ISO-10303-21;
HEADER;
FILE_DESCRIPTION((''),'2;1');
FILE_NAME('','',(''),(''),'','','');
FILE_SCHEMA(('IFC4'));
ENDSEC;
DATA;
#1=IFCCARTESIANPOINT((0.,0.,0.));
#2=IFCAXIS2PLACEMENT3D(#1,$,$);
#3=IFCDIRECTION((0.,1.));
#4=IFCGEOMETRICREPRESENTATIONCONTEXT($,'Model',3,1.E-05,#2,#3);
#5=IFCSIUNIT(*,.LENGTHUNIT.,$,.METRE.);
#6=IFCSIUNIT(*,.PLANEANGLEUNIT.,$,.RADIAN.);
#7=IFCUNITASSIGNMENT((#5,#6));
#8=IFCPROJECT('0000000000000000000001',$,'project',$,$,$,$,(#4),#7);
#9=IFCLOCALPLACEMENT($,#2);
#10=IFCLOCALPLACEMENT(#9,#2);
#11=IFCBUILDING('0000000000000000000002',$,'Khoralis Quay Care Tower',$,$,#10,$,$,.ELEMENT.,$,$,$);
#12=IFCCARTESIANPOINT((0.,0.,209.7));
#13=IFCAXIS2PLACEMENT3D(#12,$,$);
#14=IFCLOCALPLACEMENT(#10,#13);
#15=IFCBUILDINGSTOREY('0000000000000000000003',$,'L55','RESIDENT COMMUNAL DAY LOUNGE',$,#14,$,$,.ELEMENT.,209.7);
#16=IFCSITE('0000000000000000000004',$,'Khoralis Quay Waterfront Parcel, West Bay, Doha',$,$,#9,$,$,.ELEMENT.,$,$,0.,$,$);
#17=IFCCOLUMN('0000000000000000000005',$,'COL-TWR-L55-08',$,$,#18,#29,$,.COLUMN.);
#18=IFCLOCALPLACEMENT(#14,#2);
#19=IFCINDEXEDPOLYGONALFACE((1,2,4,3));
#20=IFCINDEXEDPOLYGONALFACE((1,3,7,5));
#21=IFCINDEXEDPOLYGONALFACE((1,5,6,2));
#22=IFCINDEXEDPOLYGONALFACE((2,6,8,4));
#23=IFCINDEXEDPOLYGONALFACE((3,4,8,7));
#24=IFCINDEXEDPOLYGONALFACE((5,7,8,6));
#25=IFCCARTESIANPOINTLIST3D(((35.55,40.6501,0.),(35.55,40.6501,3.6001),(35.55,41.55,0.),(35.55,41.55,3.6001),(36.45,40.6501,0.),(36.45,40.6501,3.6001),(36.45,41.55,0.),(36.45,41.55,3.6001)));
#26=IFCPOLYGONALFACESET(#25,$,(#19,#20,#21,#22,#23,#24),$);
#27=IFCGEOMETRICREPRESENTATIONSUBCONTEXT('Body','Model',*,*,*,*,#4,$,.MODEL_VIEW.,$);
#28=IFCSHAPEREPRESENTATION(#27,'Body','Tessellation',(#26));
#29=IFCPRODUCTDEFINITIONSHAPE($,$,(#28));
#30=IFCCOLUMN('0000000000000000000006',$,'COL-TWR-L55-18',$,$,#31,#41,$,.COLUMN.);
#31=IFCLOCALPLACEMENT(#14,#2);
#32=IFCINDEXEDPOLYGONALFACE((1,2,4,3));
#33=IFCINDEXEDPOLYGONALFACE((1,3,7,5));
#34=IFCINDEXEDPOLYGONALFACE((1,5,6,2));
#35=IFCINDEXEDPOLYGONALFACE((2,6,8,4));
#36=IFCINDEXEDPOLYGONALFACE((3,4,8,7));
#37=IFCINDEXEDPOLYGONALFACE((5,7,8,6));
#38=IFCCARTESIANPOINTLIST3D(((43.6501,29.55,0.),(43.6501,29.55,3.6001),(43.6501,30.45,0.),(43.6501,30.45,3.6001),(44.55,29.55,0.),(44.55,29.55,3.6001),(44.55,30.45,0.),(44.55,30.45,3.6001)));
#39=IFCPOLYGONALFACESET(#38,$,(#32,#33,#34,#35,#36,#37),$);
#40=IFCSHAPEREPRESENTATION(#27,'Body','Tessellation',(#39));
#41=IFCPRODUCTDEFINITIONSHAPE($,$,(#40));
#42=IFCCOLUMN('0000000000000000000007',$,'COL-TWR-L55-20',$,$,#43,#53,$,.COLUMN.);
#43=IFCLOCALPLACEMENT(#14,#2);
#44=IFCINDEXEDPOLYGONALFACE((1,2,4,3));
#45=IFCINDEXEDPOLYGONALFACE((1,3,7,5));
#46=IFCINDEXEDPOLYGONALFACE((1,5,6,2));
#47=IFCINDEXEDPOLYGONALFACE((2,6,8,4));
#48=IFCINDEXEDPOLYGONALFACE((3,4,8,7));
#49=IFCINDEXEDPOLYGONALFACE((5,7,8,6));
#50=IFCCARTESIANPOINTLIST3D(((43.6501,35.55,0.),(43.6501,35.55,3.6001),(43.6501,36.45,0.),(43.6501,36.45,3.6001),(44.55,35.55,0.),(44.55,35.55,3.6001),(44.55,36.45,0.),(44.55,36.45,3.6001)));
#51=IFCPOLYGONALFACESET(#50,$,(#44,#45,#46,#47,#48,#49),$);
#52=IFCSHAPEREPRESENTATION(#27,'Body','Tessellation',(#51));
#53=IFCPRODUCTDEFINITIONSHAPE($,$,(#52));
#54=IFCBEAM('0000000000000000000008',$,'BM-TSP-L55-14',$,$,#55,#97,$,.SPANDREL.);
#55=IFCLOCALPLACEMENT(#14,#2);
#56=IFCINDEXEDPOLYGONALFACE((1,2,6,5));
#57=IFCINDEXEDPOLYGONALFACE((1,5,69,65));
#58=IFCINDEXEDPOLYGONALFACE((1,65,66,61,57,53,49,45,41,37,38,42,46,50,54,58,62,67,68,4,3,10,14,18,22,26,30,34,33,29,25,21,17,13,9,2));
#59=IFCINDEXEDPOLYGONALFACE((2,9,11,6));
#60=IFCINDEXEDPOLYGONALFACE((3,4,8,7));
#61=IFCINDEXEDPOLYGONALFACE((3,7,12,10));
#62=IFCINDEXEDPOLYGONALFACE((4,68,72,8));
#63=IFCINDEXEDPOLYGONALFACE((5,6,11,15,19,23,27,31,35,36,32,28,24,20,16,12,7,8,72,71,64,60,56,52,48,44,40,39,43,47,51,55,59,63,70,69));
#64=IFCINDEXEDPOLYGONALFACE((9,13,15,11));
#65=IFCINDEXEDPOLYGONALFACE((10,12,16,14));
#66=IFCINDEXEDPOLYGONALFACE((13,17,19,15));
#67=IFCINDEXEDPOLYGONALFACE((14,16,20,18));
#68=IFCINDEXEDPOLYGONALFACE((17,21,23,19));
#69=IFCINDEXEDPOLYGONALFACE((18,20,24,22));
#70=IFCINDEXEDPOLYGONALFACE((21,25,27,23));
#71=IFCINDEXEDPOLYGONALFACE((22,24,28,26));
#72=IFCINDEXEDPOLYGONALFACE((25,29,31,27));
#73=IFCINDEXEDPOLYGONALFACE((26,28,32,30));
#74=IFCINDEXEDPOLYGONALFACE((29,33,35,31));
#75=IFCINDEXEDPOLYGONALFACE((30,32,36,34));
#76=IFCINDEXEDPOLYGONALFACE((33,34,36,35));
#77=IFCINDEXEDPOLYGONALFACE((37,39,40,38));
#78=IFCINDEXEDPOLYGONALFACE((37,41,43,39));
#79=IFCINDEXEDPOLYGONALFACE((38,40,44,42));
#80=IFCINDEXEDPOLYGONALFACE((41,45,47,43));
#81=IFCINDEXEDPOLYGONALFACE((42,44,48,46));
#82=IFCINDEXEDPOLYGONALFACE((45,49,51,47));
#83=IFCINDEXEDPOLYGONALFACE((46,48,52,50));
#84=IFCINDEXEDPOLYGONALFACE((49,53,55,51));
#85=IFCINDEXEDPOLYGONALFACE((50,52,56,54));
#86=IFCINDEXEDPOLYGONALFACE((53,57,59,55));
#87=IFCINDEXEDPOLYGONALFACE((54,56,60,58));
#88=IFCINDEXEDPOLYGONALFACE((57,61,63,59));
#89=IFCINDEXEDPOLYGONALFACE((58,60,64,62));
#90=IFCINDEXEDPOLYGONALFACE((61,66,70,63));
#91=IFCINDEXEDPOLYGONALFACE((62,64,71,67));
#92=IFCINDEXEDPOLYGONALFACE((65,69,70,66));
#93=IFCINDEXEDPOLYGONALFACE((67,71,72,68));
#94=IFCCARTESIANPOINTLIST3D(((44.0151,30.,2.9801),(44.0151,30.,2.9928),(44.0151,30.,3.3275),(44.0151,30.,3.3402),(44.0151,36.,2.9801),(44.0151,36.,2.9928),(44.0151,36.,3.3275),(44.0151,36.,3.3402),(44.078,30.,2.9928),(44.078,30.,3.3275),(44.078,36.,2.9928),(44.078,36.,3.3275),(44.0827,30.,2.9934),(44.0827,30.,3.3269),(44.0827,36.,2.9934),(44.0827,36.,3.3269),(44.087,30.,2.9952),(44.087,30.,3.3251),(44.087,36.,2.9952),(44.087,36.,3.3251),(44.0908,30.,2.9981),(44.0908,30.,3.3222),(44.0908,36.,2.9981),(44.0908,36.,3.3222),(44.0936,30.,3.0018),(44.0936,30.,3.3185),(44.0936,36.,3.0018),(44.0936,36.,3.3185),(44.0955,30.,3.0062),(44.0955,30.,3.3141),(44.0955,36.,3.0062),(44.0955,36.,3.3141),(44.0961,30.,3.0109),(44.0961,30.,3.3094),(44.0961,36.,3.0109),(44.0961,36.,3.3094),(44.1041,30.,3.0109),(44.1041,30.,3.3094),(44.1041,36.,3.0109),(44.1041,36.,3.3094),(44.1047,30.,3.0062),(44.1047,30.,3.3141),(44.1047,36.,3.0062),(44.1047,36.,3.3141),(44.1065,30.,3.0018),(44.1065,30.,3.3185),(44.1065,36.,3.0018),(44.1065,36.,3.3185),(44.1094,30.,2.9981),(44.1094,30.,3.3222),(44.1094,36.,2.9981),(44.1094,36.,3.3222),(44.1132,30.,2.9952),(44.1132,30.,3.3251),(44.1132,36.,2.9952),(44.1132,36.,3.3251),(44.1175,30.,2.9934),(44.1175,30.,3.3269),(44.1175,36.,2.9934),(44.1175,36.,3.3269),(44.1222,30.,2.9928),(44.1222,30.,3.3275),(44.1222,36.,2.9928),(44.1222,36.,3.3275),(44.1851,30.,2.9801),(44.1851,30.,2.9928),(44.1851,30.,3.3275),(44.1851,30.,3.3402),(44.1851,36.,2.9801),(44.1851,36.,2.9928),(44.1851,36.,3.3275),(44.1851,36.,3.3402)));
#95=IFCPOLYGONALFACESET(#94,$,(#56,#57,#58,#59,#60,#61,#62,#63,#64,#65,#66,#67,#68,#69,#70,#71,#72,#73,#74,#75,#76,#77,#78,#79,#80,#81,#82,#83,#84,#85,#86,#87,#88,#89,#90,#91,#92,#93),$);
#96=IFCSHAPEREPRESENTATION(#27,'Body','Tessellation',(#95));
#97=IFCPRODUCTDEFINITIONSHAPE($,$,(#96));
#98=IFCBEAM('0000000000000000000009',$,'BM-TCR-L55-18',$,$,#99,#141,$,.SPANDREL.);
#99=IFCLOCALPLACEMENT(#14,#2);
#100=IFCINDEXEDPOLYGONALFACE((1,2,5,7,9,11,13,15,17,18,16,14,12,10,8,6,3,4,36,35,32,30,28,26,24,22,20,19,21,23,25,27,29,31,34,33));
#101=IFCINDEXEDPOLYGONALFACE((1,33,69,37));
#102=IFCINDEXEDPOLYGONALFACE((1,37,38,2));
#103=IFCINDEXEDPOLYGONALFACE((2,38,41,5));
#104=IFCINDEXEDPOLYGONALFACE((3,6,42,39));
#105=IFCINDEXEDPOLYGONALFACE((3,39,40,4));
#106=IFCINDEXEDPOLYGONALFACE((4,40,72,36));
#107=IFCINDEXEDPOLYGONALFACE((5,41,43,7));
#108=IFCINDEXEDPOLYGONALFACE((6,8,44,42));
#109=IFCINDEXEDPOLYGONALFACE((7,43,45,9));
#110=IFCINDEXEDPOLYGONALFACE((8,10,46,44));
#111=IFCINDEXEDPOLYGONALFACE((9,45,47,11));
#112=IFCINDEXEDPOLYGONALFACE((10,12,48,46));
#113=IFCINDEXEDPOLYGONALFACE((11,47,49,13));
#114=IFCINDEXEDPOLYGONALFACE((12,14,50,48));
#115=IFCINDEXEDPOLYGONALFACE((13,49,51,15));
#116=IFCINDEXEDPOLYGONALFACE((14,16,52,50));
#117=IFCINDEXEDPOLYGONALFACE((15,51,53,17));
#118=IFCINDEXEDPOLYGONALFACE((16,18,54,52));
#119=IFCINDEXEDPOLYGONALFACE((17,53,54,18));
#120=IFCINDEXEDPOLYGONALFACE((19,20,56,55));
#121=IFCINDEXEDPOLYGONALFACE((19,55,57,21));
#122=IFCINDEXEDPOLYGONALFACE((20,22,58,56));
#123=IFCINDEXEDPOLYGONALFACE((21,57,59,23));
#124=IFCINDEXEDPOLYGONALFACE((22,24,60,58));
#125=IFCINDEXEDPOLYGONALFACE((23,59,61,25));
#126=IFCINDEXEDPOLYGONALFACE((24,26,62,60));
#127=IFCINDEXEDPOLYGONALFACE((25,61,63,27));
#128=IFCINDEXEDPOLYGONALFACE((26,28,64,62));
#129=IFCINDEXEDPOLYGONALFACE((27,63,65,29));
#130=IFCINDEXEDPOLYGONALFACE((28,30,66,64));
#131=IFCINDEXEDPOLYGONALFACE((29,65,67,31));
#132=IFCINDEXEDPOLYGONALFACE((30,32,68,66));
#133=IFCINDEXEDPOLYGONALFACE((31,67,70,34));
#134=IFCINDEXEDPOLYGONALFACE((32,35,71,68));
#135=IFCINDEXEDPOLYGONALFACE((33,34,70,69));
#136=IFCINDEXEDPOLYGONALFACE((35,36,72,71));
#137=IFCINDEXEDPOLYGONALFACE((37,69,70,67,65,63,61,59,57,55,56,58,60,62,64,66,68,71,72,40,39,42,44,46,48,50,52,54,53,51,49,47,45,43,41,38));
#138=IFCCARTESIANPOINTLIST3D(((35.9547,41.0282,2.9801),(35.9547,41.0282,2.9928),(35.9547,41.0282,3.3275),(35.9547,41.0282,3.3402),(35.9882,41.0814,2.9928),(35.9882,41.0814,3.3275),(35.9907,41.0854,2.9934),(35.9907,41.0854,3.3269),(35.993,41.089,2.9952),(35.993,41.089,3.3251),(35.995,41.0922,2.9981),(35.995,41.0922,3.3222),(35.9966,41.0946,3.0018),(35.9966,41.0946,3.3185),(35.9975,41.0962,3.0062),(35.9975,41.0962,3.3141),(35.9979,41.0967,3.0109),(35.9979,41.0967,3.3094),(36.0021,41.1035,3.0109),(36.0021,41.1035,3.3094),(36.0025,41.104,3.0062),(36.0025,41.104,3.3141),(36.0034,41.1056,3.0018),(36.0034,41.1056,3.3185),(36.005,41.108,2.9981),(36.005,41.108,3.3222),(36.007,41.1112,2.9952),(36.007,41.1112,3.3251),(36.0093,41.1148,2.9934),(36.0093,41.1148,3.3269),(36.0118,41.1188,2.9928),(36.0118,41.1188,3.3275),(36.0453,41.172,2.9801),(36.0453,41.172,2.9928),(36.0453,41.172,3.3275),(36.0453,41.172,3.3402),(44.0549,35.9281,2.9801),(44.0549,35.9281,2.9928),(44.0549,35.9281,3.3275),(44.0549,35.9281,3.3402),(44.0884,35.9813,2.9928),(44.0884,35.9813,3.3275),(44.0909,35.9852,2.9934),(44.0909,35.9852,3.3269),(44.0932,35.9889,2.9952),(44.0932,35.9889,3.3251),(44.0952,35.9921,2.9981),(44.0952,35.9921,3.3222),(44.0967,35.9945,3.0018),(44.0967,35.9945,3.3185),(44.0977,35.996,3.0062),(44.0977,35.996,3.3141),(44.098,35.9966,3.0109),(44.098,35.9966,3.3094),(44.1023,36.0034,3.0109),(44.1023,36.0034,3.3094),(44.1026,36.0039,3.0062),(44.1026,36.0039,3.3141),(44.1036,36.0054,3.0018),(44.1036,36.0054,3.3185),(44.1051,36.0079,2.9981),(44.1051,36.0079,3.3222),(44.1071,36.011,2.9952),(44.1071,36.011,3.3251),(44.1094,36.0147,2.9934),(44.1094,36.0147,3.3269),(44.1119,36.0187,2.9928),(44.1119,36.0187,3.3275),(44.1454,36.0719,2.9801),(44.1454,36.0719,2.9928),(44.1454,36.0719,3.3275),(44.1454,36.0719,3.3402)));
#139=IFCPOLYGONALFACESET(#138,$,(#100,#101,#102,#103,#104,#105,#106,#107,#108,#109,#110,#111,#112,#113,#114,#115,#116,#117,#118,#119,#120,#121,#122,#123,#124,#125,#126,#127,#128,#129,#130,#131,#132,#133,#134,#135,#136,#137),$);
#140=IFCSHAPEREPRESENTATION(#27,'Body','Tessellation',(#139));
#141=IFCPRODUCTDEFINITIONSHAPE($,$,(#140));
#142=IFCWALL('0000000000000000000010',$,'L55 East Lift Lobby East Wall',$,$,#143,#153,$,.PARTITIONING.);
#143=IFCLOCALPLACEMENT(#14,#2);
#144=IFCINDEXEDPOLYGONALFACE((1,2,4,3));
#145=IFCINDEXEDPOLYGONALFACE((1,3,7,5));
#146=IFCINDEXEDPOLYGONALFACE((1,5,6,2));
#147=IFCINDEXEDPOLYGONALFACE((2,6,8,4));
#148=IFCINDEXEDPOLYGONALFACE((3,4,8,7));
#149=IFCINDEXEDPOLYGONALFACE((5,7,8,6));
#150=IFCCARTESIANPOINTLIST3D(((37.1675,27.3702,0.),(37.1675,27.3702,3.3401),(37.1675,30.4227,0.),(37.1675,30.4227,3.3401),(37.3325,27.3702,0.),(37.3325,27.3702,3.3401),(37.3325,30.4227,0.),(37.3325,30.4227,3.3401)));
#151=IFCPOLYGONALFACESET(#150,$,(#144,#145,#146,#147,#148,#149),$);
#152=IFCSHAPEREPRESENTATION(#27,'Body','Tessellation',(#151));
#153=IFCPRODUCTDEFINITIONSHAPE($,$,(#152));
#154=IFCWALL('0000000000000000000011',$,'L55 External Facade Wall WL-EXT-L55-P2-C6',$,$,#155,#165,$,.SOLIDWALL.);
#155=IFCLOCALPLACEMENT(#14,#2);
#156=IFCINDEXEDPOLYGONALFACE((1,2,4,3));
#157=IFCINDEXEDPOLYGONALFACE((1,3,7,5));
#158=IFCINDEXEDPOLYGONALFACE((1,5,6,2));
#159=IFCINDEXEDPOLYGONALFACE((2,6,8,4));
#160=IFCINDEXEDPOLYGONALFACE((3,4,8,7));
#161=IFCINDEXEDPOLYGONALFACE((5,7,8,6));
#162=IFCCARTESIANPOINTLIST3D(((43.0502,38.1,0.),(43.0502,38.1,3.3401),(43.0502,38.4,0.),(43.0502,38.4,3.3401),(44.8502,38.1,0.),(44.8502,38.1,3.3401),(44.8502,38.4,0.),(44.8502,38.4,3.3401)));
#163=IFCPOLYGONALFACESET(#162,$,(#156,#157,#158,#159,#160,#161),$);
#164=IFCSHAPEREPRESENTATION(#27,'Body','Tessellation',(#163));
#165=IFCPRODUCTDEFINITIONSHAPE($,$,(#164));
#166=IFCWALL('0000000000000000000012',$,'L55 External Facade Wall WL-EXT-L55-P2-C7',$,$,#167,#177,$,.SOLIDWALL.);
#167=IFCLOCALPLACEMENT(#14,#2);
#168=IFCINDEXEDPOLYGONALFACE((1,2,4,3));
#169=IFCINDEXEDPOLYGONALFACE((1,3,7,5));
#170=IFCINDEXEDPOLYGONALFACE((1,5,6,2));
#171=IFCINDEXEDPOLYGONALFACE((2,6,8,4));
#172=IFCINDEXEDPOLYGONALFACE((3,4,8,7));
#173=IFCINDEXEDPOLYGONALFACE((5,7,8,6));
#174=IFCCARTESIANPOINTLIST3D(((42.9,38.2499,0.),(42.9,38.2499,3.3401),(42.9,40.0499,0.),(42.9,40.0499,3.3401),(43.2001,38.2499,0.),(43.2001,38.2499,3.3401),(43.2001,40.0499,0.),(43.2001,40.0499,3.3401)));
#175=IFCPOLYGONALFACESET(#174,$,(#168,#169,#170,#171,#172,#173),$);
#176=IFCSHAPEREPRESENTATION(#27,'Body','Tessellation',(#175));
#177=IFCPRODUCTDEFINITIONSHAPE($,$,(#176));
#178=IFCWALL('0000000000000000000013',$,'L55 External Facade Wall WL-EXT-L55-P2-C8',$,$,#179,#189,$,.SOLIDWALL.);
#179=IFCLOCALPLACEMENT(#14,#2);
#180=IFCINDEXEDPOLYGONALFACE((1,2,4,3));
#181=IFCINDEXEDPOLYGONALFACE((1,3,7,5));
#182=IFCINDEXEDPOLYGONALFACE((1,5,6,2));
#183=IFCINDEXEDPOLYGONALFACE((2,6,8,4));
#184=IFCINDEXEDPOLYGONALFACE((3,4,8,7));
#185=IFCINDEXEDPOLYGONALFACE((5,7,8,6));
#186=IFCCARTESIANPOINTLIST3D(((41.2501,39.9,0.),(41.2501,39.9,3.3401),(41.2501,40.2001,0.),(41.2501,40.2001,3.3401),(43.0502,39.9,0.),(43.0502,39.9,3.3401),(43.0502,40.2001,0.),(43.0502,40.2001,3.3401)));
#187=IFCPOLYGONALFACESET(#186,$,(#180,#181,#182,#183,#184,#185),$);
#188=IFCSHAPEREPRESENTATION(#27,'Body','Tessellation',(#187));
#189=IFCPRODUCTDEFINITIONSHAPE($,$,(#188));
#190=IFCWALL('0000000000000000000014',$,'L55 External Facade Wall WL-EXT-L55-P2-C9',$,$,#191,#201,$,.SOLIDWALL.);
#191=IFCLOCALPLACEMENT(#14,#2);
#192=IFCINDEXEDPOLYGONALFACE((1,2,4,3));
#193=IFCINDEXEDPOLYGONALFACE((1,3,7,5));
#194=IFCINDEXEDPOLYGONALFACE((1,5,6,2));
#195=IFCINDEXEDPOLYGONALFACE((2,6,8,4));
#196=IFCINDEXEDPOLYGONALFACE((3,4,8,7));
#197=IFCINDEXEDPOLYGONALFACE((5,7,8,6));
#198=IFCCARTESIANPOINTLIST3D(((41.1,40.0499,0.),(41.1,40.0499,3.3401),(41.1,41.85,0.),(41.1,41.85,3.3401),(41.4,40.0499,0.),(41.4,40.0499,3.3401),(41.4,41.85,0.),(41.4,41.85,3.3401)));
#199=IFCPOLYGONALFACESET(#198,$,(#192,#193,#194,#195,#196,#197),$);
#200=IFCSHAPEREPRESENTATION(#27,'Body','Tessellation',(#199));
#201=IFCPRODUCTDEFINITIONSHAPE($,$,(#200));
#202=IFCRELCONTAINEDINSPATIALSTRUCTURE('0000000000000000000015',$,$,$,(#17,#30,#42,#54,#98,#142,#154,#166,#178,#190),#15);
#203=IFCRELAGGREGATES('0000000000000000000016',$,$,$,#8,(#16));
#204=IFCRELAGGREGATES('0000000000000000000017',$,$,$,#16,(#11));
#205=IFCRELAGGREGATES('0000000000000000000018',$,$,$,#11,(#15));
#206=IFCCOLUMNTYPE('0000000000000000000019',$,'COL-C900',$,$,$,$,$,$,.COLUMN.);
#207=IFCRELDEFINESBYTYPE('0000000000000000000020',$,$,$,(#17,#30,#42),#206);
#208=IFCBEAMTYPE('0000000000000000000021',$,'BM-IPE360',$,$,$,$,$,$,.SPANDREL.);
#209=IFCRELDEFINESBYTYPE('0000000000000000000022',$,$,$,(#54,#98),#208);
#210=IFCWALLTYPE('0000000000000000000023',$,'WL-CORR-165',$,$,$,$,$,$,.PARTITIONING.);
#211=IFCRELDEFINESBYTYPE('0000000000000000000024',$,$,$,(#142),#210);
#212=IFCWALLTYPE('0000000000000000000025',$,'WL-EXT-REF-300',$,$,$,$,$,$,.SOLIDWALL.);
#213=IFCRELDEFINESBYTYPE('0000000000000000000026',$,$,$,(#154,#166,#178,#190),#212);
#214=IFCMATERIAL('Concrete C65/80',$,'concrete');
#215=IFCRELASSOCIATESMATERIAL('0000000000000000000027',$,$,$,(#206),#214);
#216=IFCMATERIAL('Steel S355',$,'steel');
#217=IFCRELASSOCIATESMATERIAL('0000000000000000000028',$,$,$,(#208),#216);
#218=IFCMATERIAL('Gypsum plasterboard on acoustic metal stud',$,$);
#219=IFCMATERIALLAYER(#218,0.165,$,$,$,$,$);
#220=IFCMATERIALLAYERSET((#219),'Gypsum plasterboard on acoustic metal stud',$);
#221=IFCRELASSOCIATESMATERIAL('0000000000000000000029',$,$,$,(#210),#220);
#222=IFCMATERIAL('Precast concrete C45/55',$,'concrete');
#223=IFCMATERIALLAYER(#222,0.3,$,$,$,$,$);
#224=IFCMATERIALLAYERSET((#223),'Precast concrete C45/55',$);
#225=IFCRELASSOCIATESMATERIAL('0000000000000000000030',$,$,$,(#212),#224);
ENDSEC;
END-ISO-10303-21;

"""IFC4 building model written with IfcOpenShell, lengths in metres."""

from ifc_helpers import new_model, si_unit, direction, frame, frame_2d, origin, origin_2d, place, context, subcontext, project, spatial, rectangle, i_section, extrude, source, transform, mapped, material, layer, layer_set, material_profile, profile_set, type_object, element, save


model = new_model("IFC4")

# Units and contexts
model_context = context("Model", 3, precision=1e-05, world=origin(), true_north=direction((0.0, 1.0)))
body_context = subcontext(model_context, "Body", "Model", "MODEL_VIEW")
ifc_project = project(units=[si_unit("LENGTHUNIT", "METRE"), si_unit("PLANEANGLEUNIT", "RADIAN")], contexts=[model_context])

# Site, building, storey
site_placement = place(None, origin())
site = spatial("IfcSite", under=ifc_project, at=site_placement, Name="Khoralis Quay Waterfront Parcel, West Bay, Doha", CompositionType="ELEMENT", RefElevation=0.0)
building_placement = place(site_placement, origin())
building = spatial("IfcBuilding", under=site, at=building_placement, Name="Khoralis Quay Care Tower", CompositionType="ELEMENT")
storey_placement = place(building_placement, frame((0.0, 0.0, 209.7)))
storey = spatial("IfcBuildingStorey", under=building, at=storey_placement, Name="L55", Description="RESIDENT COMMUNAL DAY LOUNGE", CompositionType="ELEMENT", Elevation=209.7)

# Columns
ifc_material_1 = material(Name="Concrete C65/80", Category="concrete")
ifc_material_profile_1 = material_profile(ifc_material_1, rectangle(XDim=0.8999, YDim=0.8999, at=origin_2d()), Name="Concrete C65/80")
ifc_profile_set_1 = profile_set([ifc_material_profile_1], Name="Concrete C65/80")
column_type = type_object("IfcColumnType", Name="COL-C900", PredefinedType="COLUMN", material=ifc_profile_set_1)
shared_shape_1 = source(origin(), body_context, "Body", "SweptSolid", [
    extrude(rectangle(XDim=0.8999, YDim=0.8999, at=origin_2d()), origin(), (0.0, 0.0, 1.0), 3.6001),
])
for number, where, z_axis, x_axis, name in (
    (1, (36.0, 41.1001, 0.0), (0.0, 0.0, 1.0), (1.0, 0.0, 0.0), "COL-TWR-L55-08"),
    (2, (44.1001, 30.0, 0.0), (0.0, 0.0, 1.0), (1.0, 0.0, 0.0), "COL-TWR-L55-18"),
    (3, (44.1001, 36.0, 0.0), (0.0, 0.0, 1.0), (1.0, 0.0, 0.0), "COL-TWR-L55-20"),
):
    element("IfcColumn", number, at=place(storey_placement, frame(where, z_axis=z_axis, x_axis=x_axis)), inside=storey, type_object=column_type, Name=name, PredefinedType="COLUMN", context=body_context, shape_type="MappedRepresentation", body=[
        mapped(shared_shape_1, transform((0.0, 0.0, 0.0), scale=1.0)),
    ])

# Beams
ifc_material_2 = material(Name="Steel S355", Category="steel")
ifc_material_profile_2 = material_profile(ifc_material_2, i_section(OverallWidth=0.1699, OverallDepth=0.3601, WebThickness=0.0081, FlangeThickness=0.0127, FilletRadius=0.0181, at=origin_2d()), Name="Steel S355")
ifc_profile_set_2 = profile_set([ifc_material_profile_2], Name="Steel S355")
beam_type = type_object("IfcBeamType", Name="BM-IPE360", PredefinedType="SPANDREL", material=ifc_profile_set_2)
shared_shape_2 = source(origin(), body_context, "Body", "SweptSolid", [
    extrude(i_section(OverallWidth=0.1699, OverallDepth=0.3601, WebThickness=0.0081, FlangeThickness=0.0127, FilletRadius=0.0181, at=origin_2d()), origin(), (0.0, 0.0, 1.0), 6.0),
])
beam_1_placement = place(storey_placement, frame((44.1001, 30.0, 3.1602), z_axis=(0.0, 1.0, 0.0), x_axis=(-1.0, 0.0, 0.0)))
element("IfcBeam", 4, at=beam_1_placement, inside=storey, type_object=beam_type, Name="BM-TSP-L55-14", PredefinedType="SPANDREL", context=body_context, shape_type="MappedRepresentation", body=[
    mapped(shared_shape_2, transform((0.0, 0.0, 0.0), scale=1.0)),
])
shared_shape_3 = source(origin(), body_context, "Body", "SweptSolid", [
    extrude(i_section(OverallWidth=0.1699, OverallDepth=0.3601, WebThickness=0.0081, FlangeThickness=0.0127, FilletRadius=0.0181, at=origin_2d()), origin(), (0.0, 0.0, 1.0), 9.572),
])
beam_2_placement = place(storey_placement, frame((36.0, 41.1001, 3.1602), z_axis=(0.846231, -0.532816, 0.0), x_axis=(0.532816, 0.846231, 0.0)))
element("IfcBeam", 5, at=beam_2_placement, inside=storey, type_object=beam_type, Name="BM-TCR-L55-18", PredefinedType="SPANDREL", context=body_context, shape_type="MappedRepresentation", body=[
    mapped(shared_shape_3, transform((0.0, 0.0, 0.0), scale=1.0)),
])

# Walls
ifc_material_3 = material(Name="Gypsum plasterboard on acoustic metal stud")
ifc_layer_1 = layer(ifc_material_3, 0.165)
ifc_layer_set_1 = layer_set([ifc_layer_1], Name="Gypsum plasterboard on acoustic metal stud")
wall_type_1 = type_object("IfcWallType", Name="WL-CORR-165", PredefinedType="PARTITIONING", material=ifc_layer_set_1)
wall_1_placement = place(storey_placement, frame((37.25, 27.3701, 0.0), z_axis=(0.0, 0.0, 1.0), x_axis=(0.0, 1.0, 0.0)))
element("IfcWall", 6, at=wall_1_placement, inside=storey, type_object=wall_type_1, Name="L55 East Lift Lobby East Wall", PredefinedType="PARTITIONING", context=body_context, shape_type="SweptSolid", body=[
    extrude(rectangle(XDim=3.0525, YDim=0.165, at=frame_2d((1.5264, 0.0))), origin(), (0.0, 0.0, 1.0), 3.3401),
])
ifc_material_4 = material(Name="Precast concrete C45/55", Category="concrete")
ifc_layer_2 = layer(ifc_material_4, 0.3)
ifc_layer_set_2 = layer_set([ifc_layer_2], Name="Precast concrete C45/55")
wall_type_2 = type_object("IfcWallType", Name="WL-EXT-REF-300", PredefinedType="SOLIDWALL", material=ifc_layer_set_2)
for number, where, z_axis, x_axis, name in (
    (7, (44.8501, 38.25, 0.0), (0.0, 0.0, 1.0), (-1.0, 0.0, 0.0), "L55 External Facade Wall WL-EXT-L55-P2-C6"),
    (8, (43.05, 38.25, 0.0), (0.0, 0.0, 1.0), (0.0, 1.0, 0.0), "L55 External Facade Wall WL-EXT-L55-P2-C7"),
    (9, (43.05, 40.05, 0.0), (0.0, 0.0, 1.0), (-1.0, 0.0, 0.0), "L55 External Facade Wall WL-EXT-L55-P2-C8"),
    (10, (41.25, 40.05, 0.0), (0.0, 0.0, 1.0), (0.0, 1.0, 0.0), "L55 External Facade Wall WL-EXT-L55-P2-C9"),
):
    element("IfcWall", number, at=place(storey_placement, frame(where, z_axis=z_axis, x_axis=x_axis)), inside=storey, type_object=wall_type_2, Name=name, PredefinedType="SOLIDWALL", context=body_context, shape_type="SweptSolid", body=[
        extrude(rectangle(XDim=1.8, YDim=0.3, at=frame_2d((0.8999, 0.0))), origin(), (0.0, 0.0, 1.0), 3.3401),
    ])

save(model, "model.ifc")
